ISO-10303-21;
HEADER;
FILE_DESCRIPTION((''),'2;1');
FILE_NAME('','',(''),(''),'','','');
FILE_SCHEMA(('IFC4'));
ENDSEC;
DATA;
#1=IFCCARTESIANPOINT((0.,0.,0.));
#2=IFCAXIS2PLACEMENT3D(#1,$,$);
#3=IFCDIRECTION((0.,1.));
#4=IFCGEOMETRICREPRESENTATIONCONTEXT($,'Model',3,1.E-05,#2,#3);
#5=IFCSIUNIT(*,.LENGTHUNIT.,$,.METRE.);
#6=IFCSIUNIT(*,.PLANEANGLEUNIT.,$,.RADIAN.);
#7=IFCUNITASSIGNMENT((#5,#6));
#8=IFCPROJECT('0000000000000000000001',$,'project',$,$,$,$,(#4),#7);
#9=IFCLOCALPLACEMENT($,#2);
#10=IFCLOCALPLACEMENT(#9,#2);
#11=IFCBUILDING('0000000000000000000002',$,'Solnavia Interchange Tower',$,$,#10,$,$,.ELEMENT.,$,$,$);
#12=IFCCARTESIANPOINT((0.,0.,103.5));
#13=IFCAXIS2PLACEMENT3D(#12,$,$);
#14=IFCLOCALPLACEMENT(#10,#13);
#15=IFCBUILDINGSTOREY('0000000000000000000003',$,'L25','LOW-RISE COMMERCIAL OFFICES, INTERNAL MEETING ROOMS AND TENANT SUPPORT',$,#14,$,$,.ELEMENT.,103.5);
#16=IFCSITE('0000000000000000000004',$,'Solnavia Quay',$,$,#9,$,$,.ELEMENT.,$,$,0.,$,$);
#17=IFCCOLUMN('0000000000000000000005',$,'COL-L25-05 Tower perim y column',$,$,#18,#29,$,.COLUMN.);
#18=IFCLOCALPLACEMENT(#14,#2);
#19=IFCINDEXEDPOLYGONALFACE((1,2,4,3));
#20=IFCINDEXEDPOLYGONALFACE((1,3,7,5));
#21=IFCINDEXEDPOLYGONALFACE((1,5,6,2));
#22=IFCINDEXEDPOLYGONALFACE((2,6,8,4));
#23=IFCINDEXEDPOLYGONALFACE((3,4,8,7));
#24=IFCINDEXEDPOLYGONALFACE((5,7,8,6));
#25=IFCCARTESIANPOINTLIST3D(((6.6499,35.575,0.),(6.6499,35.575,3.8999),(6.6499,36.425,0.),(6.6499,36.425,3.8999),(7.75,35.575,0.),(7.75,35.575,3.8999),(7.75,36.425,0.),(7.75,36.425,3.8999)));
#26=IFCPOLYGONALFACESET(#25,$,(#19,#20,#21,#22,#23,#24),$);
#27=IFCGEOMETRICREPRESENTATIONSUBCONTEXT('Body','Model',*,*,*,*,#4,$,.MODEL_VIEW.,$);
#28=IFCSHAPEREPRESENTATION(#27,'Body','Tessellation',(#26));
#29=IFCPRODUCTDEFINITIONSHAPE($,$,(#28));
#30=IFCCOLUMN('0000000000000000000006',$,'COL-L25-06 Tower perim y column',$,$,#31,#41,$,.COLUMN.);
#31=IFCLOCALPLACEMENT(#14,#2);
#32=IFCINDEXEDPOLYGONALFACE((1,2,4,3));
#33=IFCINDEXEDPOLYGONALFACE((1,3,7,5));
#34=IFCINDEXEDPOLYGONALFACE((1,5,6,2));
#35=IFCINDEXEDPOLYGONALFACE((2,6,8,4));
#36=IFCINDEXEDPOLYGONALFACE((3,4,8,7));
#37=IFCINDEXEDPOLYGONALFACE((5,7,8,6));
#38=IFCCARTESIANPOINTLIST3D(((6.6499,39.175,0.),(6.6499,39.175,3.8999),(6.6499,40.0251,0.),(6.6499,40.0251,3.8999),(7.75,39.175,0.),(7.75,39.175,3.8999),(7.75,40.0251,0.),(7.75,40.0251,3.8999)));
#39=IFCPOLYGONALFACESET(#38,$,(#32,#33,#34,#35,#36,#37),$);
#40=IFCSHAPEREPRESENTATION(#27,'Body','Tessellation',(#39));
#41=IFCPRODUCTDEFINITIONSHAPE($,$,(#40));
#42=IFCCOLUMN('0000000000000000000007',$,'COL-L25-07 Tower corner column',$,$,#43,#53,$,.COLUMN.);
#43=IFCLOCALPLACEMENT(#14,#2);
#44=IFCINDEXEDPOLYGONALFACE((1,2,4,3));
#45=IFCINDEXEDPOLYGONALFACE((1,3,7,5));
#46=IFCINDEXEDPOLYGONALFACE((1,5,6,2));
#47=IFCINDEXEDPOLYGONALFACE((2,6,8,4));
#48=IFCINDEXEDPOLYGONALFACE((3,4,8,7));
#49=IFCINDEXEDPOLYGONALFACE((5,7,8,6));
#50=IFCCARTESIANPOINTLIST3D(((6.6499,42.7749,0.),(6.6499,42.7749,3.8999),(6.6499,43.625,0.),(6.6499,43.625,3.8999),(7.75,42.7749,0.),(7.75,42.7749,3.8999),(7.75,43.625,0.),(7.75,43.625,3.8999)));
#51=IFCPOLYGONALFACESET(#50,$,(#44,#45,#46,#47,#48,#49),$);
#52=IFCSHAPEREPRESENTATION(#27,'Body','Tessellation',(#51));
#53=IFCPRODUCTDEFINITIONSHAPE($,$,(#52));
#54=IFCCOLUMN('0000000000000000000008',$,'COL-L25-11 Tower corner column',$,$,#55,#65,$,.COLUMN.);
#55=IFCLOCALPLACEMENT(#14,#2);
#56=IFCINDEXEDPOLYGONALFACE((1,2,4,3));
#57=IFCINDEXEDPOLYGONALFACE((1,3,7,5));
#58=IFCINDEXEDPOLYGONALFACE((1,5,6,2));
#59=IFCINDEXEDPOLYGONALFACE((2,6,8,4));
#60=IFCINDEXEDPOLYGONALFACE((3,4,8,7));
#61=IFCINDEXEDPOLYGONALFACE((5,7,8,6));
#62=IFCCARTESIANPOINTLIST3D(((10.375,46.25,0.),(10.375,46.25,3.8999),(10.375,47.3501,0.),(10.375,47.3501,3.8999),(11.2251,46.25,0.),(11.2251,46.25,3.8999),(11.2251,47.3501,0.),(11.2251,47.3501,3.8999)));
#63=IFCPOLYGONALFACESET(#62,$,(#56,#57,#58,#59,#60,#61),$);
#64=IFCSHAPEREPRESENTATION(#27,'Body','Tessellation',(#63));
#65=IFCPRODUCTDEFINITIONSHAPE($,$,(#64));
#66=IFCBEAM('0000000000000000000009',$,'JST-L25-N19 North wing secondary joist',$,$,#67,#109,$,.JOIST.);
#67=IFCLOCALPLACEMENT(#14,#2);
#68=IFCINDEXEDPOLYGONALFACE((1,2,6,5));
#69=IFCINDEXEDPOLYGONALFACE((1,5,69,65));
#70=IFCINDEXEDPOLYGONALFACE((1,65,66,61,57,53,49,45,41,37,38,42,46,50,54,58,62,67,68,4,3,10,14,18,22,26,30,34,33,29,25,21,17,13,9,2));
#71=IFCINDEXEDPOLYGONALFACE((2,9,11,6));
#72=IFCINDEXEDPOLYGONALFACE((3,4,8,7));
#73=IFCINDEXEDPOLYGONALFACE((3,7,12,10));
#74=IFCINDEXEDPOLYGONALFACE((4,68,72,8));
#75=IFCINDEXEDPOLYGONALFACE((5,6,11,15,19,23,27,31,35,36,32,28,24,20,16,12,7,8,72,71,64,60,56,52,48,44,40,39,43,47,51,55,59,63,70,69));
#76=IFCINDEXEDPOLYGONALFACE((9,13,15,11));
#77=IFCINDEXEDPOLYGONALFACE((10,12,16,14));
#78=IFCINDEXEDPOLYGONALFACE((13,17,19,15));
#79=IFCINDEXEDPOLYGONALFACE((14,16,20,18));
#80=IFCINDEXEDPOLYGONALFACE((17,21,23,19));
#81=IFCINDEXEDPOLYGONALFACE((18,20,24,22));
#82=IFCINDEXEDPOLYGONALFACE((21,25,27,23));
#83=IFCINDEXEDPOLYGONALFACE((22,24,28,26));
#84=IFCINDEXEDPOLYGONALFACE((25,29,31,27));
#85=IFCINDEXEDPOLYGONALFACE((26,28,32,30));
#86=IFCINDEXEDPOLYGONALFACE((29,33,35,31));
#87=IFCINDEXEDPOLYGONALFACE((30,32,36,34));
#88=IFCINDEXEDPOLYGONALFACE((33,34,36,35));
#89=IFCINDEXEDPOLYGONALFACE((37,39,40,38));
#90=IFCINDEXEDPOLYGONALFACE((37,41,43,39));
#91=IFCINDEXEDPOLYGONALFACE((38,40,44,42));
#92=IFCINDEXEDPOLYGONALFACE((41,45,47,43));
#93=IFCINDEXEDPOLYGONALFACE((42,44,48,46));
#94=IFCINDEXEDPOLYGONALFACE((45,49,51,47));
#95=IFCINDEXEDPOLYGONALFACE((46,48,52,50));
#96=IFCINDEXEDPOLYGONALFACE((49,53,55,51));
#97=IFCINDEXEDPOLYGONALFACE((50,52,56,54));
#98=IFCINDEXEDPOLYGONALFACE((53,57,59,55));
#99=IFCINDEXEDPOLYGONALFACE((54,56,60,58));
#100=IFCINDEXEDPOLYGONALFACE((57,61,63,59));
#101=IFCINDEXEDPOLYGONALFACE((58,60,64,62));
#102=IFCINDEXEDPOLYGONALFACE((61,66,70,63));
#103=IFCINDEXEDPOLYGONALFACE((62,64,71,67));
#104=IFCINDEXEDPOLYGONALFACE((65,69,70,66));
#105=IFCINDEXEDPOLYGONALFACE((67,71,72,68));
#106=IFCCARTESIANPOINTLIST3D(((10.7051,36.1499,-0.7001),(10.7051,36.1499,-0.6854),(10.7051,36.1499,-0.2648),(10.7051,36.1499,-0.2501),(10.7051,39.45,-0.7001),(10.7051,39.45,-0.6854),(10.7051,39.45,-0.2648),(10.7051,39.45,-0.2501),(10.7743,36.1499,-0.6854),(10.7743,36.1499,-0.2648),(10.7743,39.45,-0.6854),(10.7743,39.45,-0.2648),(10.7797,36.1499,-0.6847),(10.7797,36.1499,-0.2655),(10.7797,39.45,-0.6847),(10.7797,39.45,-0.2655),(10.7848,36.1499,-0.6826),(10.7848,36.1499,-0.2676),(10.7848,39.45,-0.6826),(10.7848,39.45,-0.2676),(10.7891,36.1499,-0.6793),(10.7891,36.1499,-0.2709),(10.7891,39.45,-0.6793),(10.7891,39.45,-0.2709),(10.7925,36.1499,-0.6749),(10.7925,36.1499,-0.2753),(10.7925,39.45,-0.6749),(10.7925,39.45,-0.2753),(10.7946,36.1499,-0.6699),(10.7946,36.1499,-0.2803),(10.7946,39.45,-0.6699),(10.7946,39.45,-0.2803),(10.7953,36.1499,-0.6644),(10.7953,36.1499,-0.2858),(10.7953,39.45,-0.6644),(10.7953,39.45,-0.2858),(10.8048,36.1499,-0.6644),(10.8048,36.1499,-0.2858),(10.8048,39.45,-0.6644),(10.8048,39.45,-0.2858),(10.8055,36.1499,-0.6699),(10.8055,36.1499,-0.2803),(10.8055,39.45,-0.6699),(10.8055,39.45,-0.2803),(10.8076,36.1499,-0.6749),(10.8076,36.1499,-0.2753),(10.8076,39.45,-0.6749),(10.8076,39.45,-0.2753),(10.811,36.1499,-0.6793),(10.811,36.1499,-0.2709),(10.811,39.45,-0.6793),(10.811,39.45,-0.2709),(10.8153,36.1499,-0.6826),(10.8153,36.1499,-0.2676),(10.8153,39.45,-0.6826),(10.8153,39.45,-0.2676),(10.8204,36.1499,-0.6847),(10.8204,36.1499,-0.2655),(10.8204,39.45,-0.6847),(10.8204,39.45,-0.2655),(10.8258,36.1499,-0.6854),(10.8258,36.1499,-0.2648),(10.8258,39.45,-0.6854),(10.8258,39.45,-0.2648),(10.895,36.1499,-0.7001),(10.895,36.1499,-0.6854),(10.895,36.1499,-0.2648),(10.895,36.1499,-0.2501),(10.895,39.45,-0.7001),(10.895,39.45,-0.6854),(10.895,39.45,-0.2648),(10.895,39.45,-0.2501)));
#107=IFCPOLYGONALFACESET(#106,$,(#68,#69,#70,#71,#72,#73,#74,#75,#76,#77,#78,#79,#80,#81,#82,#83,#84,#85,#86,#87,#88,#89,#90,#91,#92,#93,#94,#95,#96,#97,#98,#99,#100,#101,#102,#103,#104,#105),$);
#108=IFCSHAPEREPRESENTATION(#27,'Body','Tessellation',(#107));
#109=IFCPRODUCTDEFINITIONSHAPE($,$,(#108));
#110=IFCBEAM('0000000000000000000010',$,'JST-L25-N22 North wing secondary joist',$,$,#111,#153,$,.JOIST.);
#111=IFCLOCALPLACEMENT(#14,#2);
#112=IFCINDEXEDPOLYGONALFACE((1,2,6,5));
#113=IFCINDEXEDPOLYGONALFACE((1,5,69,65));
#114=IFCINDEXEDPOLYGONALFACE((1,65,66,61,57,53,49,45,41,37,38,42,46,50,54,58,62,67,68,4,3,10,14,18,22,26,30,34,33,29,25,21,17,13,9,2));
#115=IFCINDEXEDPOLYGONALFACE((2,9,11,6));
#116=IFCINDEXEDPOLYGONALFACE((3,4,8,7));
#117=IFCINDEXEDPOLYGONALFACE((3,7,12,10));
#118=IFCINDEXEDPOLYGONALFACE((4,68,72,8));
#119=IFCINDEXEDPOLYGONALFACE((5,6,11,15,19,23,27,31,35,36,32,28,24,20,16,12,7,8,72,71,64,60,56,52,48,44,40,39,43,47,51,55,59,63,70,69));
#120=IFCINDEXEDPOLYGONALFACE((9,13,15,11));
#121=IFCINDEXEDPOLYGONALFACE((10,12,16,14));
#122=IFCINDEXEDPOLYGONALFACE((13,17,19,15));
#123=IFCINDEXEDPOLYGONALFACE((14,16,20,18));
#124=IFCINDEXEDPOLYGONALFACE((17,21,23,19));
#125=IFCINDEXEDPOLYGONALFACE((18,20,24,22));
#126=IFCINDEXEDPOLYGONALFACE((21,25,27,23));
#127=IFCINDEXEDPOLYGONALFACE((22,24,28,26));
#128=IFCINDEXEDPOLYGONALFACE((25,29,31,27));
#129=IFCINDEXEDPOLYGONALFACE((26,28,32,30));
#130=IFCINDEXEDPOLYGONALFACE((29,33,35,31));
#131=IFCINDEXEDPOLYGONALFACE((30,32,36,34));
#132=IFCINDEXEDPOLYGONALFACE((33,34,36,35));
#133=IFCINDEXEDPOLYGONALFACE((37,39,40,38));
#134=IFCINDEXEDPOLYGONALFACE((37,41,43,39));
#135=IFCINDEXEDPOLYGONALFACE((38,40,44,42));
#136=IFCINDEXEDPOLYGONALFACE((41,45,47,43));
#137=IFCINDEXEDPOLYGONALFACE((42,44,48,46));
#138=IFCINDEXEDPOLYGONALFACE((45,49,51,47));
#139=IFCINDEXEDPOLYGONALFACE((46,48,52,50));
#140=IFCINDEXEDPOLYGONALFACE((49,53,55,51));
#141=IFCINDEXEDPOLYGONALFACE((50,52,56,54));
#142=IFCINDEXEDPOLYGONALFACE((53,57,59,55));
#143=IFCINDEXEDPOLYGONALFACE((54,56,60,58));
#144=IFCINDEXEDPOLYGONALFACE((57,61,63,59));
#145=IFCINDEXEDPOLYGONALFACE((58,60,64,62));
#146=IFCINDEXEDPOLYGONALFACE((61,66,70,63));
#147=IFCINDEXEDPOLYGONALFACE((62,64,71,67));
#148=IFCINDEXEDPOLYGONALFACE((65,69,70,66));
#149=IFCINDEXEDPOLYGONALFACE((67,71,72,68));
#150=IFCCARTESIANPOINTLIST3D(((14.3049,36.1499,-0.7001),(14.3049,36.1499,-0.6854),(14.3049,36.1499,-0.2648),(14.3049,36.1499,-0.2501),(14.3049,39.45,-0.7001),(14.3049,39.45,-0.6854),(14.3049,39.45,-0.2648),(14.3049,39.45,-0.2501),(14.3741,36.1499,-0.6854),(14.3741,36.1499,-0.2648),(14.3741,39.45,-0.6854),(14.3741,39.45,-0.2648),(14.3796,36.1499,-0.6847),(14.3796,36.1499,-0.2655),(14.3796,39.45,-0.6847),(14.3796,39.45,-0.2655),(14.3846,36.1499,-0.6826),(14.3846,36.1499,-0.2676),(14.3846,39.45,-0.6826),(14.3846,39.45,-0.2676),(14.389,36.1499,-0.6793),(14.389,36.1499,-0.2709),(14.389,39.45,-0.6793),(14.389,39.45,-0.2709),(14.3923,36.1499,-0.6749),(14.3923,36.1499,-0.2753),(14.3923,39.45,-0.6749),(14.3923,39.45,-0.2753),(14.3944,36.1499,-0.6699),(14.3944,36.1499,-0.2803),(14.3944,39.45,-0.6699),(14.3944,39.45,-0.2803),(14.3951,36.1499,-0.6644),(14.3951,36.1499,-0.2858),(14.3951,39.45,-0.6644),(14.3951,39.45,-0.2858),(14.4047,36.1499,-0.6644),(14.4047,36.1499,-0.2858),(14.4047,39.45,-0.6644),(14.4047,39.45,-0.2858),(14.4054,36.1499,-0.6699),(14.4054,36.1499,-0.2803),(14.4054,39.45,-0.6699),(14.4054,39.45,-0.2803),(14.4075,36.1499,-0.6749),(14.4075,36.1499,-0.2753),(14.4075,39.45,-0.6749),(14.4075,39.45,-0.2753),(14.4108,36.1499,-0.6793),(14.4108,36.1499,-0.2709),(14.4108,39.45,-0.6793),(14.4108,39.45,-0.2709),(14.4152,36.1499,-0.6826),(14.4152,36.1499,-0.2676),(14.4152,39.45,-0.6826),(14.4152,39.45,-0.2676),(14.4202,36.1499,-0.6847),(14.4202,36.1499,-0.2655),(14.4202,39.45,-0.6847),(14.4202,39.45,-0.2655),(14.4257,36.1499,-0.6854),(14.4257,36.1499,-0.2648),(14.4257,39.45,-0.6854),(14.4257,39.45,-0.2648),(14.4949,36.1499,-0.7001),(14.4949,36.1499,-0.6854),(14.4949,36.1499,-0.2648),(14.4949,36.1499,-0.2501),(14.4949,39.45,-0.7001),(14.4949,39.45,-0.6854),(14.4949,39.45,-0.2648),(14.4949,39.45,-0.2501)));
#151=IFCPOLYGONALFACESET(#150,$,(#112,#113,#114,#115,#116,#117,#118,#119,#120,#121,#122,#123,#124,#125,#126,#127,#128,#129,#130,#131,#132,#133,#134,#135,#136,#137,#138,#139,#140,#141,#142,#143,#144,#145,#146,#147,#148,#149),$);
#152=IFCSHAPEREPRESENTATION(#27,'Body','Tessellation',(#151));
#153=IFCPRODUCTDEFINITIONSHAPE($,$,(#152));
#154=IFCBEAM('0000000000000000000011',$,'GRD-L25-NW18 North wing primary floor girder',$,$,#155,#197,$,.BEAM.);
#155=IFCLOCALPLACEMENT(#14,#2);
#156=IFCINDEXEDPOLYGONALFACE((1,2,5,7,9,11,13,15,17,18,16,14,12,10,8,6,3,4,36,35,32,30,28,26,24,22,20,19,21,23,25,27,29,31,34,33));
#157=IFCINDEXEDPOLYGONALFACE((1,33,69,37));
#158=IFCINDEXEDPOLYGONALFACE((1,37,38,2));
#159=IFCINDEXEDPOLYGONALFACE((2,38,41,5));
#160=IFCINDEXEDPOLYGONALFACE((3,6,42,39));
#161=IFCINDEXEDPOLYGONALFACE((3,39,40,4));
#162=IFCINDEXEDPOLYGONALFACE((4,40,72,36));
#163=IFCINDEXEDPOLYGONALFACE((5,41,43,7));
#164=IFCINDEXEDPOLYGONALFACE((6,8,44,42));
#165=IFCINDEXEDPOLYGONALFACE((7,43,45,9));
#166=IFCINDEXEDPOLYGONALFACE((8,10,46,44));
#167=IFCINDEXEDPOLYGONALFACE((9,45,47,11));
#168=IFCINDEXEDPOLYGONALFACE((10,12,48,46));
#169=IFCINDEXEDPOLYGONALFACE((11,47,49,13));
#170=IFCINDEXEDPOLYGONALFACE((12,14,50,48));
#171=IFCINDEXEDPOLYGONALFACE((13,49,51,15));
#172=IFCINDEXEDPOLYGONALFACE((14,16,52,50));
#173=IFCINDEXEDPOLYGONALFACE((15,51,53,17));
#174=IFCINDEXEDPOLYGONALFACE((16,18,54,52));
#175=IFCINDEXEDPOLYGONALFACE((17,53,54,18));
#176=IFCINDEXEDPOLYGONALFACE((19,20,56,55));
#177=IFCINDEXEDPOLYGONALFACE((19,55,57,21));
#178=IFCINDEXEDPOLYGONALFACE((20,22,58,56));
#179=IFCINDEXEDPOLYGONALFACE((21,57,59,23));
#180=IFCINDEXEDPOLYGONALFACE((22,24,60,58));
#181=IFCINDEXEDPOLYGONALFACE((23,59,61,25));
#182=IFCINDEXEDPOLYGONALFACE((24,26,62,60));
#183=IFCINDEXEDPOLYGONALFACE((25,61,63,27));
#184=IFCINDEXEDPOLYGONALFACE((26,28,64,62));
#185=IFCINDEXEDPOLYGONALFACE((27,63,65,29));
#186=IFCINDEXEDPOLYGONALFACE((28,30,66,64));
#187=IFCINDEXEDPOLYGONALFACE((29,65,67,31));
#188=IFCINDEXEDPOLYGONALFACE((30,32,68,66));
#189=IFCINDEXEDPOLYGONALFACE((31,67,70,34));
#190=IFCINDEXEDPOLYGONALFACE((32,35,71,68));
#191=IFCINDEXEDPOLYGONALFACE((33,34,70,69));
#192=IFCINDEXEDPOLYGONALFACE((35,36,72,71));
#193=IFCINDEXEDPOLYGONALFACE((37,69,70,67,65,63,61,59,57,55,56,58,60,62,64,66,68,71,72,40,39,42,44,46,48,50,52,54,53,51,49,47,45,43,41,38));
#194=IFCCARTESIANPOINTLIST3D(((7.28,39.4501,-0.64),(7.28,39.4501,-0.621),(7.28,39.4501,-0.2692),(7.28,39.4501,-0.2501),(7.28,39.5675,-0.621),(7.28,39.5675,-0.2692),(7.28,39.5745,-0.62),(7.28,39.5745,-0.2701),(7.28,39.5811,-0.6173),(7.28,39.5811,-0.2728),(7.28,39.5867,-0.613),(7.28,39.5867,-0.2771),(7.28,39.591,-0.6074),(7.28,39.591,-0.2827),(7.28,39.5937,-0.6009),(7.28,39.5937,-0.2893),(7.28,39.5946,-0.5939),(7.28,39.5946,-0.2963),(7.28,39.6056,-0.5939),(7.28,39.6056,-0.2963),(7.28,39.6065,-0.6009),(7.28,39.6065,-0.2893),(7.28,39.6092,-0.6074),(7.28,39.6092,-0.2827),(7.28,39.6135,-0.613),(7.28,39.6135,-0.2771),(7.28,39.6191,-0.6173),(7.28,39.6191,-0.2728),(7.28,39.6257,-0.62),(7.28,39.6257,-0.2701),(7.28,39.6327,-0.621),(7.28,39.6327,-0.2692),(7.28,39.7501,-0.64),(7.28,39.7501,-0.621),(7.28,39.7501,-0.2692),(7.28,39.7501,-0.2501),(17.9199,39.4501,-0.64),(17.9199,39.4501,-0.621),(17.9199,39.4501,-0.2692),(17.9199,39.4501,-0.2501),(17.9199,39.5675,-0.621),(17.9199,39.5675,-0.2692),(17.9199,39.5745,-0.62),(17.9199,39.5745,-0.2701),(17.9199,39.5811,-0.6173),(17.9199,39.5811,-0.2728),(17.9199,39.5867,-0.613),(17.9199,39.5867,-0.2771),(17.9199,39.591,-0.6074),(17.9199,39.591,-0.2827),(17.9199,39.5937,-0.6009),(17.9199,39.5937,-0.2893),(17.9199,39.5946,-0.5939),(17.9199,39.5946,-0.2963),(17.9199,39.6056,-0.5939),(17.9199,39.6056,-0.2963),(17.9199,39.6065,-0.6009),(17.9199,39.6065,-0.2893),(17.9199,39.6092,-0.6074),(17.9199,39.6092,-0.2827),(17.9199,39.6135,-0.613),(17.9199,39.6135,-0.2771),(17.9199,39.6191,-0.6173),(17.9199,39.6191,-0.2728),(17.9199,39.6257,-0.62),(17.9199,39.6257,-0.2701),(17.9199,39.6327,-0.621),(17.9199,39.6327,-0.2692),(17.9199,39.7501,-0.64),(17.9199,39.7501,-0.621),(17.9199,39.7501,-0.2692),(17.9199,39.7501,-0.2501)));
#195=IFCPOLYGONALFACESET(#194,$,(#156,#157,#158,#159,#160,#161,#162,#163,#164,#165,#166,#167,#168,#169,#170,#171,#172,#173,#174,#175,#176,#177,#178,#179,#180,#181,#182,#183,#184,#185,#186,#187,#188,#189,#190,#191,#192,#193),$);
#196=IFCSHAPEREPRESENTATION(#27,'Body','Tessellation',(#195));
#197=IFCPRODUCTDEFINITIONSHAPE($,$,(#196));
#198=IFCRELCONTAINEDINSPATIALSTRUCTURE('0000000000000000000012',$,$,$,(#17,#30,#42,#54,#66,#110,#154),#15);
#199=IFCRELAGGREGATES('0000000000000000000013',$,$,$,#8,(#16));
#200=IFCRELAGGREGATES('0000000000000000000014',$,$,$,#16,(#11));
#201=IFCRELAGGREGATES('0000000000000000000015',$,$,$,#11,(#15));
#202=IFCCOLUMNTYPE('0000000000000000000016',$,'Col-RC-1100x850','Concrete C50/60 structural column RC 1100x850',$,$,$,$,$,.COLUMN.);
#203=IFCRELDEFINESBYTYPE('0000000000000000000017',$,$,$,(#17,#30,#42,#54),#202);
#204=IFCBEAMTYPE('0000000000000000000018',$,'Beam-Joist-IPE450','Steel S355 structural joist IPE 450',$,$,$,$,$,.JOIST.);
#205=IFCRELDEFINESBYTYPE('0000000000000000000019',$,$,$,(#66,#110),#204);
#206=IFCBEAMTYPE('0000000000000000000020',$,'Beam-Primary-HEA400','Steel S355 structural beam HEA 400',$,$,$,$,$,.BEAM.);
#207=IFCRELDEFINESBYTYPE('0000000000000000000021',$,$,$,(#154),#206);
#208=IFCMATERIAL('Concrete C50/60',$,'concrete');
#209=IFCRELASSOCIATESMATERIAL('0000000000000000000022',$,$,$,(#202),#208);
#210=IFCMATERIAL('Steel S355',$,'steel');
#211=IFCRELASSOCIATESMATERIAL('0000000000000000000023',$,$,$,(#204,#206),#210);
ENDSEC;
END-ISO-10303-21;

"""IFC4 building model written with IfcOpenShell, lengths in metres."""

from ifc_helpers import new_model, si_unit, direction, frame, origin, origin_2d, place, context, subcontext, project, spatial, rectangle, i_section, extrude, material, material_profile, profile_set, type_object, element, save


model = new_model("IFC4")

# Units and contexts
model_context = context("Model", 3, precision=1e-05, world=origin(), true_north=direction((0.0, 1.0)))
body_context = subcontext(model_context, "Body", "Model", "MODEL_VIEW")
ifc_project = project(units=[si_unit("LENGTHUNIT", "METRE"), si_unit("PLANEANGLEUNIT", "RADIAN")], contexts=[model_context])

# Site, building, storey
site_placement = place(None, origin())
site = spatial("IfcSite", under=ifc_project, at=site_placement, Name="Solnavia Quay", CompositionType="ELEMENT", RefElevation=0.0)
building_placement = place(site_placement, origin())
building = spatial("IfcBuilding", under=site, at=building_placement, Name="Solnavia Interchange Tower", CompositionType="ELEMENT")
storey_placement = place(building_placement, frame((0.0, 0.0, 103.5)))
storey = spatial("IfcBuildingStorey", under=building, at=storey_placement, Name="L25", Description="LOW-RISE COMMERCIAL OFFICES, INTERNAL MEETING ROOMS AND TENANT SUPPORT", CompositionType="ELEMENT", Elevation=103.5)

# Columns
ifc_material_1 = material(Name="Concrete C50/60", Category="concrete")
ifc_material_profile_1 = material_profile(ifc_material_1, rectangle(XDim=0.8501, YDim=1.1001, at=origin_2d()), Name="RC 1100x850")
ifc_profile_set_1 = profile_set([ifc_material_profile_1], Name="Concrete C50/60")
column_type = type_object("IfcColumnType", Name="Col-RC-1100x850", Description="Concrete C50/60 structural column RC 1100x850", PredefinedType="COLUMN", material=ifc_profile_set_1)
for number, where, z_axis, x_axis, name in (
    (1, (7.2, 36.0, 0.0), (0.0, 0.0, 1.0), (0.0, 1.0, 0.0), "COL-L25-05 Tower perim y column"),
    (2, (7.2, 39.6001, 0.0), (0.0, 0.0, 1.0), (0.0, 1.0, 0.0), "COL-L25-06 Tower perim y column"),
    (3, (7.2, 43.2, 0.0), (0.0, 0.0, 1.0), (0.0, 1.0, 0.0), "COL-L25-07 Tower corner column"),
    (4, (10.8, 46.8, 0.0), (0.0, 0.0, 1.0), (1.0, 0.0, 0.0), "COL-L25-11 Tower corner column"),
):
    element("IfcColumn", number, at=place(storey_placement, frame(where, z_axis=z_axis, x_axis=x_axis)), inside=storey, type_object=column_type, Name=name, PredefinedType="COLUMN", context=body_context, shape_type="SweptSolid", body=[
        extrude(rectangle(XDim=0.8501, YDim=1.1001, at=origin_2d()), origin(), (0.0, 0.0, 1.0), 3.8999),
    ])

# Beams
ifc_material_2 = material(Name="Steel S355", Category="steel")
ifc_material_profile_2 = material_profile(ifc_material_2, i_section(OverallWidth=0.1899, OverallDepth=0.45, WebThickness=0.0095, FlangeThickness=0.0146, FilletRadius=0.021, at=origin_2d()), Name="IPE 450")
ifc_profile_set_2 = profile_set([ifc_material_profile_2], Name="Steel S355")
beam_type_1 = type_object("IfcBeamType", Name="Beam-Joist-IPE450", Description="Steel S355 structural joist IPE 450", PredefinedType="JOIST", material=ifc_profile_set_2)
for number, where, z_axis, x_axis, name in (
    (5, (10.8, 36.1499, -0.4751), (0.0, 1.0, 0.0), (-1.0, 0.0, 0.0), "JST-L25-N19 North wing secondary joist"),
    (6, (14.3999, 36.1499, -0.4751), (0.0, 1.0, 0.0), (-1.0, 0.0, 0.0), "JST-L25-N22 North wing secondary joist"),
):
    element("IfcBeam", number, at=place(storey_placement, frame(where, z_axis=z_axis, x_axis=x_axis)), inside=storey, type_object=beam_type_1, Name=name, PredefinedType="JOIST", context=body_context, shape_type="SweptSolid", body=[
        extrude(i_section(OverallWidth=0.1899, OverallDepth=0.45, WebThickness=0.0095, FlangeThickness=0.0146, FilletRadius=0.021, at=origin_2d()), origin(), (0.0, 0.0, 1.0), 3.3),
    ])
ifc_material_profile_3 = material_profile(ifc_material_2, i_section(OverallWidth=0.3, OverallDepth=0.3899, WebThickness=0.011, FlangeThickness=0.019, FilletRadius=0.0271, at=origin_2d()), Name="HEA 400")
ifc_profile_set_3 = profile_set([ifc_material_profile_3], Name="Steel S355")
beam_type_2 = type_object("IfcBeamType", Name="Beam-Primary-HEA400", Description="Steel S355 structural beam HEA 400", PredefinedType="BEAM", material=ifc_profile_set_3)
beam_1_placement = place(storey_placement, frame((7.28, 39.6001, -0.4451), z_axis=(1.0, 0.0, 0.0), x_axis=(0.0, 1.0, 0.0)))
element("IfcBeam", 7, at=beam_1_placement, inside=storey, type_object=beam_type_2, Name="GRD-L25-NW18 North wing primary floor girder", PredefinedType="BEAM", context=body_context, shape_type="SweptSolid", body=[
    extrude(i_section(OverallWidth=0.3, OverallDepth=0.3899, WebThickness=0.011, FlangeThickness=0.019, FilletRadius=0.0271, at=origin_2d()), origin(), (0.0, 0.0, 1.0), 10.6399),
])

save(model, "model.ifc")
